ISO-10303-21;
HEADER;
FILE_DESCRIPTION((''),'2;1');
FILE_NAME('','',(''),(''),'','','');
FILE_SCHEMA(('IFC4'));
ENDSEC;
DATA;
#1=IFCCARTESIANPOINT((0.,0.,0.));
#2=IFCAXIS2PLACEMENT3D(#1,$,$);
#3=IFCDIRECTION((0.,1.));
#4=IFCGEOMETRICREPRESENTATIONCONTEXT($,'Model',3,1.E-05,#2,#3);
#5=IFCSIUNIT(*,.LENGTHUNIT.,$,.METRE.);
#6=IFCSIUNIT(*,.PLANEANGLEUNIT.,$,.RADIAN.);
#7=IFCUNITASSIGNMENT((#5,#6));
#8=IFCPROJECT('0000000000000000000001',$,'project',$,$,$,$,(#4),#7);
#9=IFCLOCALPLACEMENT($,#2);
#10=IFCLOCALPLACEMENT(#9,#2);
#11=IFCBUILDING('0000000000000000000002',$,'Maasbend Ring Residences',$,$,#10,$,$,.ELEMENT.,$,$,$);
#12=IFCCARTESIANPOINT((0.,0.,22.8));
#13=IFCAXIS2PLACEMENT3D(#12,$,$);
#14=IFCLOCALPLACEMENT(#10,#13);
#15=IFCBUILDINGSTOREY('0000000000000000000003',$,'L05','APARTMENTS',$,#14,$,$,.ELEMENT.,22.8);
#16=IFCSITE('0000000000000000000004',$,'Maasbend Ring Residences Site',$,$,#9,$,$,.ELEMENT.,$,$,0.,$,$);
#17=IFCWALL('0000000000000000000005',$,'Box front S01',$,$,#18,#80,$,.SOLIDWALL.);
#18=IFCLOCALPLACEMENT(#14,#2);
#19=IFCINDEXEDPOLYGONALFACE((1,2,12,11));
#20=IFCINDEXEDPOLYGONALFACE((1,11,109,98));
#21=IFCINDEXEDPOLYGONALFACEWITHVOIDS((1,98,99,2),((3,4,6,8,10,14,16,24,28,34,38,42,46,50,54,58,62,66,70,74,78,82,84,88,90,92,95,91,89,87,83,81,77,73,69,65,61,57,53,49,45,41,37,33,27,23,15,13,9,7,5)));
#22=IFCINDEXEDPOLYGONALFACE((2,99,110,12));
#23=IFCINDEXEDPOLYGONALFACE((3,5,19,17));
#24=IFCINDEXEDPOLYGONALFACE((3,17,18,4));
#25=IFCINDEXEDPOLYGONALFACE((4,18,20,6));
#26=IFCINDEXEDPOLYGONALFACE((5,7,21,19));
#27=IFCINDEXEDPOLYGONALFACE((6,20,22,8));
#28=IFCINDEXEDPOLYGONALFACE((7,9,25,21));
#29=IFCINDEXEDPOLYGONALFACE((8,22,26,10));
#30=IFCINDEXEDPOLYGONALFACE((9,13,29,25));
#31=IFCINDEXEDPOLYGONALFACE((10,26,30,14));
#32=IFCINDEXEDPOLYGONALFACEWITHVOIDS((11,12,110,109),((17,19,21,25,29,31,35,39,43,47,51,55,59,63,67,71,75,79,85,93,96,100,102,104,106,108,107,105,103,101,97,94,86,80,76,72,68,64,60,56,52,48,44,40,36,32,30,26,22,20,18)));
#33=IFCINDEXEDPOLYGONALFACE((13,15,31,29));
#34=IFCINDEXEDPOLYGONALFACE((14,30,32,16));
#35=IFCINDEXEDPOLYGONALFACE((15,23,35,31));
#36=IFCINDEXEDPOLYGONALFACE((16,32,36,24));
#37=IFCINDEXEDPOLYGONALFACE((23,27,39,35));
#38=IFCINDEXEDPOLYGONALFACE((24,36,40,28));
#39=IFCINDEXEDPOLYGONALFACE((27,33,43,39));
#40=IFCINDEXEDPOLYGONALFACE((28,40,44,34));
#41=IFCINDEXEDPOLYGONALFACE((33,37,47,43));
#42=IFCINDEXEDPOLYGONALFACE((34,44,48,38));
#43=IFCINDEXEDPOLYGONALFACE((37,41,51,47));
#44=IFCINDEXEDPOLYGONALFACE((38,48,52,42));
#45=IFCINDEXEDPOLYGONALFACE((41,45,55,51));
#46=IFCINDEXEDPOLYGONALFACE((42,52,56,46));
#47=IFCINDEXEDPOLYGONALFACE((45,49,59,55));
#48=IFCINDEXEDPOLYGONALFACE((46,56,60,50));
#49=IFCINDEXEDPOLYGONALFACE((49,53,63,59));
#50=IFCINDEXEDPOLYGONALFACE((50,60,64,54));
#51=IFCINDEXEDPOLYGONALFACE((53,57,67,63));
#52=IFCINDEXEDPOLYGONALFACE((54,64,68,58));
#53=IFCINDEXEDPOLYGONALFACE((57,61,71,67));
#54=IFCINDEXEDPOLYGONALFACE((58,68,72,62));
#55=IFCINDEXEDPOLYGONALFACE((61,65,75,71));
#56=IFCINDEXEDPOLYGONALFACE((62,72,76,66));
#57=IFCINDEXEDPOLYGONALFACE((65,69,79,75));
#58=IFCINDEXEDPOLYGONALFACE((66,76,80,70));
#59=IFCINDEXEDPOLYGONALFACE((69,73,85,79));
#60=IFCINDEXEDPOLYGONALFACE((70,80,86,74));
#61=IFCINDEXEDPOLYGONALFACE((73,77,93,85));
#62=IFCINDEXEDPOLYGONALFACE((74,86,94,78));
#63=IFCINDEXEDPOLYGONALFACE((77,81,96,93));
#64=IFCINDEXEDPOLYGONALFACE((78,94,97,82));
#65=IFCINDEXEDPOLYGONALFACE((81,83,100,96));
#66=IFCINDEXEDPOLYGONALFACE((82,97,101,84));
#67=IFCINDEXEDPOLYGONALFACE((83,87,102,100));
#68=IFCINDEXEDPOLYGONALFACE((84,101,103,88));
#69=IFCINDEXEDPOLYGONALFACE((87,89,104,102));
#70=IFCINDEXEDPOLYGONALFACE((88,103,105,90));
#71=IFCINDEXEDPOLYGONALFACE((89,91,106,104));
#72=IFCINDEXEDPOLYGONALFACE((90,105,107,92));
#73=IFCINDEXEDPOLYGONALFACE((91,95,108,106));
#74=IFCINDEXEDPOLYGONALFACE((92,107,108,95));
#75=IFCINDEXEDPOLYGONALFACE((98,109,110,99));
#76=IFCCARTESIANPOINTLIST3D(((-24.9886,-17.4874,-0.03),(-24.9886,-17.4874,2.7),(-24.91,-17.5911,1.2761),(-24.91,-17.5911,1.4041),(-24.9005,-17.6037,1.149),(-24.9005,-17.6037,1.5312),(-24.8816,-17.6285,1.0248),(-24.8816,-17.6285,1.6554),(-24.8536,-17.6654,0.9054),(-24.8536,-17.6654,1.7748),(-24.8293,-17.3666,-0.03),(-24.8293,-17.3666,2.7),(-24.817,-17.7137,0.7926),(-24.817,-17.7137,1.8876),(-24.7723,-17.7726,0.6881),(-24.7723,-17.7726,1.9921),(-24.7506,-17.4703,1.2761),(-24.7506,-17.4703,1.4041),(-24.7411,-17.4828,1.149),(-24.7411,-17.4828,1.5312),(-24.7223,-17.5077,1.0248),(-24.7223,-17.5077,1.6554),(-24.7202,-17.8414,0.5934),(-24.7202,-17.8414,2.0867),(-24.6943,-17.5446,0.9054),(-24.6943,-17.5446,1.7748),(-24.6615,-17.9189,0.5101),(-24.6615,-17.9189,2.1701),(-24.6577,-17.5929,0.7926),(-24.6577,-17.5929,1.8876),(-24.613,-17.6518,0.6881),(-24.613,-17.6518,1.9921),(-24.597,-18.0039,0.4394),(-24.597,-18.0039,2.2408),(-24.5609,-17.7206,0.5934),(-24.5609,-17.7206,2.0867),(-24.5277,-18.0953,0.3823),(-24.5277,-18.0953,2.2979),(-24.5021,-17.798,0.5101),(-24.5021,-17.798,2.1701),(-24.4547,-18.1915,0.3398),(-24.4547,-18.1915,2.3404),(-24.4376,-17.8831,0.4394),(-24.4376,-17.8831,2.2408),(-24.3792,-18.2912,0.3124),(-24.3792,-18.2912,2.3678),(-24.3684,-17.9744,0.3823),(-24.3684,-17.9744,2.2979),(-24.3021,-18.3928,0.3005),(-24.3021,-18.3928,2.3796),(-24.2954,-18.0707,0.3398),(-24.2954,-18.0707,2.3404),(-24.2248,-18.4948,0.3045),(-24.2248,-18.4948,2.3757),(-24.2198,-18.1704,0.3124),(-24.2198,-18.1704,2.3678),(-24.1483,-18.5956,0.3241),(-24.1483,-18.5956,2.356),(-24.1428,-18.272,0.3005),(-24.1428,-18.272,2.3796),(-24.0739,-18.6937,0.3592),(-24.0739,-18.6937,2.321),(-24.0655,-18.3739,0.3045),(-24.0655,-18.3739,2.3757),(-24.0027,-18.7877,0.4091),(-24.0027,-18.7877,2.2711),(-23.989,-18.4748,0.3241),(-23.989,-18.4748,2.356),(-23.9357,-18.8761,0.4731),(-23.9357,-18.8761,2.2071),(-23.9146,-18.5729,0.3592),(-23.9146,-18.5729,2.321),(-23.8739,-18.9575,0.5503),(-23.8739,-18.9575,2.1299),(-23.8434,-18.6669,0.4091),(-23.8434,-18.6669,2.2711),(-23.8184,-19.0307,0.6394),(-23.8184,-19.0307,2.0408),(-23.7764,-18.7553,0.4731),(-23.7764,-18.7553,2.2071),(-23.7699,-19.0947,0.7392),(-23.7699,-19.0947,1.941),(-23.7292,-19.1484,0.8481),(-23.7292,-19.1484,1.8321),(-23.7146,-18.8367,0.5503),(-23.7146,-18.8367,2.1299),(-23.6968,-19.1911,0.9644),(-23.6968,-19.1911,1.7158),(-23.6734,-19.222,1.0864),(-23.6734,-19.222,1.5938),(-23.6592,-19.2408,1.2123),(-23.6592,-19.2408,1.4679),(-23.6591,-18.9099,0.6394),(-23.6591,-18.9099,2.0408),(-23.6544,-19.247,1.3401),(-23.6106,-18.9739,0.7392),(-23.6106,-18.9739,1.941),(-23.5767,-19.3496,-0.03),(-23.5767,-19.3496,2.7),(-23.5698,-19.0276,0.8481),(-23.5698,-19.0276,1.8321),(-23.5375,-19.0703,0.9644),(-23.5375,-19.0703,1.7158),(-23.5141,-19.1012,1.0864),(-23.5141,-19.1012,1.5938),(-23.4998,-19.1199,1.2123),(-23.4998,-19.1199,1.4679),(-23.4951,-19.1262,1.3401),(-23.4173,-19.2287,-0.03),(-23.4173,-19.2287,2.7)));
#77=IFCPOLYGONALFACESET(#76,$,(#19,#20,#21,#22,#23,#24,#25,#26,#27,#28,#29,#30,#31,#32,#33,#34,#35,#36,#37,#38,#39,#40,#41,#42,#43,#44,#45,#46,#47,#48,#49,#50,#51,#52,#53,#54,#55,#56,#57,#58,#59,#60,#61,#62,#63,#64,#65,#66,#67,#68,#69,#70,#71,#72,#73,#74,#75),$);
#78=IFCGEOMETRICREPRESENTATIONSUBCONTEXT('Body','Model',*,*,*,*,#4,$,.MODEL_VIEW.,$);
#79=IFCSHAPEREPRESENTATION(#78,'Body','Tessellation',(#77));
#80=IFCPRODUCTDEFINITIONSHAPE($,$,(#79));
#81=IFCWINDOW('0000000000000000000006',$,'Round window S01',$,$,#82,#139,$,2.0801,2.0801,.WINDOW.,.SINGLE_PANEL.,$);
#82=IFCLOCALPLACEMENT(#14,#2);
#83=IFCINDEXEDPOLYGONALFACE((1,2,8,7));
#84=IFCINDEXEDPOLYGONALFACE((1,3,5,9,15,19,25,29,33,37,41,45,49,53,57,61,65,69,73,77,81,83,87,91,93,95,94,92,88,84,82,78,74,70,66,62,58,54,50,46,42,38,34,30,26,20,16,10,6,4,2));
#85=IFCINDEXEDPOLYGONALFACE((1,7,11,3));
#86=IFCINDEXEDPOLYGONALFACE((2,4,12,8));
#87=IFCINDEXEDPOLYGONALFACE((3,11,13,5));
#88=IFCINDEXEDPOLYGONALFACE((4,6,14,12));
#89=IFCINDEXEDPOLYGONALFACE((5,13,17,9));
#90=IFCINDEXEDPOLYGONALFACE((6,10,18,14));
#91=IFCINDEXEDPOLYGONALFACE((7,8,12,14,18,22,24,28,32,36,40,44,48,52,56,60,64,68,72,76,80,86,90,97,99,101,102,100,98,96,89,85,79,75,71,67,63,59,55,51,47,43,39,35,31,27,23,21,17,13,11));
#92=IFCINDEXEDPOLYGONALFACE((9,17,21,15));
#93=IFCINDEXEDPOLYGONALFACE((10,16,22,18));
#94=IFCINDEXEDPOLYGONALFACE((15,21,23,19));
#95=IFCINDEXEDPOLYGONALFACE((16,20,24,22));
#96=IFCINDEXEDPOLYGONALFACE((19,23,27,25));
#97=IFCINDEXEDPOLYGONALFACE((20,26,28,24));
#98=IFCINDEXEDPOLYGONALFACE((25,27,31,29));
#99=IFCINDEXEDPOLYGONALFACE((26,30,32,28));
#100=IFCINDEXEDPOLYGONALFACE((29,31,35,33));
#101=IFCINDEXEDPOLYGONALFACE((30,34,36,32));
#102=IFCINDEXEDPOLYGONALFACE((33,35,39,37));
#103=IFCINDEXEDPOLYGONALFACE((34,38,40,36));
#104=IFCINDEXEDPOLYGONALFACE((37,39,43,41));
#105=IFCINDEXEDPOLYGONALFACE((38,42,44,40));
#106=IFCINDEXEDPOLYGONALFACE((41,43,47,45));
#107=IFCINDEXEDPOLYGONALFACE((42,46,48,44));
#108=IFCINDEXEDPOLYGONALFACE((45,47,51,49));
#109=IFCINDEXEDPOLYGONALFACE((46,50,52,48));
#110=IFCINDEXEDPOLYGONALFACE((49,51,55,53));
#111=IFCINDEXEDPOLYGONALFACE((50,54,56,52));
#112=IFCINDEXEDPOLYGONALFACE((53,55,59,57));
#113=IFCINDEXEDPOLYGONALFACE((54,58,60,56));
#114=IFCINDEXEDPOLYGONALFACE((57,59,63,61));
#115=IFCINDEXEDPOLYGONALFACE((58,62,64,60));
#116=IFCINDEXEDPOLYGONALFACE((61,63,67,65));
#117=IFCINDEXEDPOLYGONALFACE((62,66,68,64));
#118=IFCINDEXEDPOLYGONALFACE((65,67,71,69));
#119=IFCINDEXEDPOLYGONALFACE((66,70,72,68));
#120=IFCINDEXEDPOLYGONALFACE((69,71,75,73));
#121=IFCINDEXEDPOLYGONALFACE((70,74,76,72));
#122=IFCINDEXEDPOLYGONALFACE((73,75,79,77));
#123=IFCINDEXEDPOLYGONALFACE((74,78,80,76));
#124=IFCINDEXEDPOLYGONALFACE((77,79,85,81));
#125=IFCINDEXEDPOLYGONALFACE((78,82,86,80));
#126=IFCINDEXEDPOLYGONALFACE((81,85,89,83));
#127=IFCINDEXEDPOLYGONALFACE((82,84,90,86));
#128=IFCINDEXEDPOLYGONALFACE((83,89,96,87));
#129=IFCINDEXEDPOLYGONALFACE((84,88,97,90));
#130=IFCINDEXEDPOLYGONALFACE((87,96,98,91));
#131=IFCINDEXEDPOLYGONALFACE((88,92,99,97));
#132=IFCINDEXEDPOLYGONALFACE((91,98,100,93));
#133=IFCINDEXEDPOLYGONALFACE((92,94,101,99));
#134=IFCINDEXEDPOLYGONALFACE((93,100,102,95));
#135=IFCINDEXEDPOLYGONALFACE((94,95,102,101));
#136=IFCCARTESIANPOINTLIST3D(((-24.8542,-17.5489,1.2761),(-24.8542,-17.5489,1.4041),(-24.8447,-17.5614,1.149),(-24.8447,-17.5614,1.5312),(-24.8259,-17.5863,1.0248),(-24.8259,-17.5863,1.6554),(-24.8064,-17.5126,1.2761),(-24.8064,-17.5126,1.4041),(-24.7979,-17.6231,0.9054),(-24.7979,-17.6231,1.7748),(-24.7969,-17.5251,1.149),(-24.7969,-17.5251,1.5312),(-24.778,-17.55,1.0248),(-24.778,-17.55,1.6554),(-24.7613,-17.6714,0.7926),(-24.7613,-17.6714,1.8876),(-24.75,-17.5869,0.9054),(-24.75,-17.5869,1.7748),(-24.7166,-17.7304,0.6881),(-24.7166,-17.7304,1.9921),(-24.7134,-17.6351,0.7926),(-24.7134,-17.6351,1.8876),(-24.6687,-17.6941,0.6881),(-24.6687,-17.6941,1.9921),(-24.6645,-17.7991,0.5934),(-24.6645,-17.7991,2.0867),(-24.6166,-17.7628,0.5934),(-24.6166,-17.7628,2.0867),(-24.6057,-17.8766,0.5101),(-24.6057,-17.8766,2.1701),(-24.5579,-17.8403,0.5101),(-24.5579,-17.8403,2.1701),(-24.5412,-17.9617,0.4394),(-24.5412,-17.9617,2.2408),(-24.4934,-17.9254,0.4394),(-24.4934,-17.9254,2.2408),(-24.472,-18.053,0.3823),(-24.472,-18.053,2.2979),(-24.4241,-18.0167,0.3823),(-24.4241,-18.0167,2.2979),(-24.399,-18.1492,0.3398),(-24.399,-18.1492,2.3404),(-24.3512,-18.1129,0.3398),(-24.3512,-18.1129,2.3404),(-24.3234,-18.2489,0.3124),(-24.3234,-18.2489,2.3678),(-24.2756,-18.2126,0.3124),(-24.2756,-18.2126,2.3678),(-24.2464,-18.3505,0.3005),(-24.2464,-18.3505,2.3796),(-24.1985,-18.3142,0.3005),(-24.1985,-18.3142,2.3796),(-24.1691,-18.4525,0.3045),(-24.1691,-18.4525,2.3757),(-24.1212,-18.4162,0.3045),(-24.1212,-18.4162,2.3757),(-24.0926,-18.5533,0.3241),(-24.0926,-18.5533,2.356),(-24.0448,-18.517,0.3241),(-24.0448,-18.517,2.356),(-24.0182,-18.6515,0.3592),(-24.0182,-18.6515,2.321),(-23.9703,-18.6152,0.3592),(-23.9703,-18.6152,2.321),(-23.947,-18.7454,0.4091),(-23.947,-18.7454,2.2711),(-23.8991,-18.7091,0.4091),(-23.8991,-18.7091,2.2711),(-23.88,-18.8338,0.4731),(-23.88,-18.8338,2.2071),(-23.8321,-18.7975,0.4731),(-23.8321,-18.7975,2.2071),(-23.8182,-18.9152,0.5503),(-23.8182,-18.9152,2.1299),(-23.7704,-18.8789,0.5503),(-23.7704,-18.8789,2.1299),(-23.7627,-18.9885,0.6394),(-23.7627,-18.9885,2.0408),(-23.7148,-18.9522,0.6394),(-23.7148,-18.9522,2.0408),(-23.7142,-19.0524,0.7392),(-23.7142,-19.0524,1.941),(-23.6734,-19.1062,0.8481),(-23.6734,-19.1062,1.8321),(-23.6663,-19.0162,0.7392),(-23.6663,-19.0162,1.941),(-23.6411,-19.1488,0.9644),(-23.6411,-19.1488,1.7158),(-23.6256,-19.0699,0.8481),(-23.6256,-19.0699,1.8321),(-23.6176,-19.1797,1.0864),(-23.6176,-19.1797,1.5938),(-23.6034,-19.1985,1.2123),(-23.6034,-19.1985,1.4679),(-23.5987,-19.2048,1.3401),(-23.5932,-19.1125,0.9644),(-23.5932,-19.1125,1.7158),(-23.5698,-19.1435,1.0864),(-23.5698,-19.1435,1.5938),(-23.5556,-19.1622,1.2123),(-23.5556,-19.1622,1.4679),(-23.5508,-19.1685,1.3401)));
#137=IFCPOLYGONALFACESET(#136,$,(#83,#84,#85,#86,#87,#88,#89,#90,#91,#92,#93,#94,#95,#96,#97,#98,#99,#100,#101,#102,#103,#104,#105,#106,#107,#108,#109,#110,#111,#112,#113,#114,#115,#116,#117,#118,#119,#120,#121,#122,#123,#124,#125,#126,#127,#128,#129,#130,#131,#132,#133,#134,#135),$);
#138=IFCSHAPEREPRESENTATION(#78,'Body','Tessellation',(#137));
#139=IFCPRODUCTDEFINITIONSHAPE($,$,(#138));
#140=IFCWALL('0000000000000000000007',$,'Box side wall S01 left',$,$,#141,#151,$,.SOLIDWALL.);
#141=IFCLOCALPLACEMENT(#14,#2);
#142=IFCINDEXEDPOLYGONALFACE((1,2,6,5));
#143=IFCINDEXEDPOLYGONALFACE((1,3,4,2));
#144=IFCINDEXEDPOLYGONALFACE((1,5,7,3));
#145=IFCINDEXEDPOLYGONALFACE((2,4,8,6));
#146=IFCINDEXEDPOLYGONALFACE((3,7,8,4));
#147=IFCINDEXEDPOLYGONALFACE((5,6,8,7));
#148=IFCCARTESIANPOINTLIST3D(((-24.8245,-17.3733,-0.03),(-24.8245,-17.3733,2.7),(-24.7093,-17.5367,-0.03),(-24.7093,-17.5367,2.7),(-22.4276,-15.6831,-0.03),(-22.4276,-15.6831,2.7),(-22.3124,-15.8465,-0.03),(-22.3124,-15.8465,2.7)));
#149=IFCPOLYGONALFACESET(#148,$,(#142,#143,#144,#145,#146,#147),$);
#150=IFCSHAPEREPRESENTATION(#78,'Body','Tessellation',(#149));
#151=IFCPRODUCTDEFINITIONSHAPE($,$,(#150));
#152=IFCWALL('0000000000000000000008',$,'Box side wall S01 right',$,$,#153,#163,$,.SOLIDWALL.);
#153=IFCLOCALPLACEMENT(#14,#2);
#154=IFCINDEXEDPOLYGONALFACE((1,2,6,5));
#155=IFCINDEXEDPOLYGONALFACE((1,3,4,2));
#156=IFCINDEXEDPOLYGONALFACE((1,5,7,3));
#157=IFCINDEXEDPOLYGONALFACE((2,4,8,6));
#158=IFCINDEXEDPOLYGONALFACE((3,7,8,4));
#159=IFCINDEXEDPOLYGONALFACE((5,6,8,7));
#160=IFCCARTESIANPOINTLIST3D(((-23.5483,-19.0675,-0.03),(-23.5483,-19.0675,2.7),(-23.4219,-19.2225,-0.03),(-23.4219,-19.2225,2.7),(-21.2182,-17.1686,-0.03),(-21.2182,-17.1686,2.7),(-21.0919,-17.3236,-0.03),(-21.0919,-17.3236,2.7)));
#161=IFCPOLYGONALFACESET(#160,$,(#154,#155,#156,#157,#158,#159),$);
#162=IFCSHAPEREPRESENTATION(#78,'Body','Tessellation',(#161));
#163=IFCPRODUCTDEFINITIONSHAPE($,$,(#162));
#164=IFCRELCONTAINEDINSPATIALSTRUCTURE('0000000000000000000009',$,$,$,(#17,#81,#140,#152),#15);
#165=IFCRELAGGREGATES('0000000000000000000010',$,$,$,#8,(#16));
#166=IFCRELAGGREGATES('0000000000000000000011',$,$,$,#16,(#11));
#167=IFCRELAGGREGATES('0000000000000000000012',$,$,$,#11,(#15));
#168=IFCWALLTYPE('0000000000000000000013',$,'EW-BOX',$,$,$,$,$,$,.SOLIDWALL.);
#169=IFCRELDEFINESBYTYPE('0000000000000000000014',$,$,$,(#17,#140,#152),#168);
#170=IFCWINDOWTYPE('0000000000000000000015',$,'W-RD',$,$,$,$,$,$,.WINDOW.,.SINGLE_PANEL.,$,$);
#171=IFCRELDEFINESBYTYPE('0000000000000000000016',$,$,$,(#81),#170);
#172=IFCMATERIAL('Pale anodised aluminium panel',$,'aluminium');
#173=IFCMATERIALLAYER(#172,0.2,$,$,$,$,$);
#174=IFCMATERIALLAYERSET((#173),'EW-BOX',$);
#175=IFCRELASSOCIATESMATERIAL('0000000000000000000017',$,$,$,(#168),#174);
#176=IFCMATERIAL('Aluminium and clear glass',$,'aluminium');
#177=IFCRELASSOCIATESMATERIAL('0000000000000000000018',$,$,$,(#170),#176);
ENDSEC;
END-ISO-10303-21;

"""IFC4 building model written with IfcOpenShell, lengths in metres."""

from ifc_helpers import new_model, si_unit, direction, frame, frame_2d, origin, place, context, subcontext, project, spatial, rectangle, circle, extrude, material, layer, layer_set, type_object, element, fill, save


model = new_model("IFC4")

# Units and contexts
model_context = context("Model", 3, precision=1e-05, world=origin(), true_north=direction((0.0, 1.0)))
body_context = subcontext(model_context, "Body", "Model", "MODEL_VIEW")
ifc_project = project(units=[si_unit("LENGTHUNIT", "METRE"), si_unit("PLANEANGLEUNIT", "RADIAN")], contexts=[model_context])

# Site, building, storey
site_placement = place(None, origin())
site = spatial("IfcSite", under=ifc_project, at=site_placement, Name="Maasbend Ring Residences Site", CompositionType="ELEMENT", RefElevation=0.0)
building_placement = place(site_placement, origin())
building = spatial("IfcBuilding", under=site, at=building_placement, Name="Maasbend Ring Residences", CompositionType="ELEMENT")
storey_placement = place(building_placement, frame((0.0, 0.0, 22.8)))
storey = spatial("IfcBuildingStorey", under=building, at=storey_placement, Name="L05", Description="APARTMENTS", CompositionType="ELEMENT", Elevation=22.8)

# Wall, opening, window
ifc_material_1 = material(Name="Pale anodised aluminium panel", Category="aluminium")
ifc_layer_1 = layer(ifc_material_1, 0.2)
ifc_layer_set_1 = layer_set([ifc_layer_1], Name="EW-BOX")
wall_type_1 = type_object("IfcWallType", Name="EW-BOX", PredefinedType="SOLIDWALL", material=ifc_layer_set_1)
wall_1_placement = place(storey_placement, frame((-24.9089, -17.427, -0.03), z_axis=(0.0, 0.0, 1.0), x_axis=(0.604188, -0.796842, 0.0)))
wall_1 = element("IfcWall", 1, at=wall_1_placement, inside=storey, type_object=wall_type_1, Name="Box front S01", PredefinedType="SOLIDWALL", context=body_context, shape_type="SweptSolid", body=[
    extrude(rectangle(XDim=2.3369, YDim=0.2, at=frame_2d((1.1685, 0.0))), origin(), (0.0, 0.0, 1.0), 2.73),
])
opening_1_placement = place(wall_1_placement, frame((0.1282, 0.0, 0.3301)))
opening_1 = element("IfcOpeningElement", 2, at=opening_1_placement, cuts=wall_1, PredefinedType="OPENING", context=body_context, shape_type="SweptSolid", body=[
    extrude(circle(Radius=1.04, at=frame_2d((1.04, 1.04))), frame((0.0, 0.1099, 0.0), z_axis=(0.0, -1.0, 0.0), x_axis=(1.0, 0.0, 0.0)), (0.0, 0.0, 1.0), 0.22),
])
ifc_material_2 = material(Name="Aluminium and clear glass", Category="aluminium")
window_type_1 = type_object("IfcWindowType", Name="W-RD", PartitioningType="SINGLE_PANEL", PredefinedType="WINDOW", material=ifc_material_2)
window_1_placement = place(opening_1_placement, origin())
window_1 = element("IfcWindow", 3, at=window_1_placement, inside=storey, type_object=window_type_1, Name="Round window S01", OverallHeight=2.0801, OverallWidth=2.0801, PartitioningType="SINGLE_PANEL", PredefinedType="WINDOW", context=body_context, shape_type="SweptSolid", body=[
    extrude(circle(Radius=1.04, at=frame_2d((1.04, 1.04))), frame((0.0, 0.03, 0.0), z_axis=(0.0, -1.0, 0.0), x_axis=(1.0, 0.0, 0.0)), (0.0, 0.0, 1.0), 0.0601),
])
fill(opening_1, window_1)

# Walls
wall_2_placement = place(storey_placement, frame((-22.3701, -15.7649, -0.03), z_axis=(0.0, 0.0, 1.0), x_axis=(-0.817256, -0.576275, 0.0)))
element("IfcWall", 4, at=wall_2_placement, inside=storey, type_object=wall_type_1, Name="Box side wall S01 left", PredefinedType="SOLIDWALL", context=body_context, shape_type="SweptSolid", body=[
    extrude(rectangle(XDim=2.9329, YDim=0.2, at=frame_2d((1.4663, 0.0))), origin(), (0.0, 0.0, 1.0), 2.73),
])
wall_3_placement = place(storey_placement, frame((-21.155, -17.2461, -0.03), z_axis=(0.0, 0.0, 1.0), x_axis=(-0.775179, -0.631742, 0.0)))
element("IfcWall", 5, at=wall_3_placement, inside=storey, type_object=wall_type_1, Name="Box side wall S01 right", PredefinedType="SOLIDWALL", context=body_context, shape_type="SweptSolid", body=[
    extrude(rectangle(XDim=3.0059, YDim=0.2, at=frame_2d((1.5029, 0.0))), origin(), (0.0, 0.0, 1.0), 2.73),
])

save(model, "model.ifc")
